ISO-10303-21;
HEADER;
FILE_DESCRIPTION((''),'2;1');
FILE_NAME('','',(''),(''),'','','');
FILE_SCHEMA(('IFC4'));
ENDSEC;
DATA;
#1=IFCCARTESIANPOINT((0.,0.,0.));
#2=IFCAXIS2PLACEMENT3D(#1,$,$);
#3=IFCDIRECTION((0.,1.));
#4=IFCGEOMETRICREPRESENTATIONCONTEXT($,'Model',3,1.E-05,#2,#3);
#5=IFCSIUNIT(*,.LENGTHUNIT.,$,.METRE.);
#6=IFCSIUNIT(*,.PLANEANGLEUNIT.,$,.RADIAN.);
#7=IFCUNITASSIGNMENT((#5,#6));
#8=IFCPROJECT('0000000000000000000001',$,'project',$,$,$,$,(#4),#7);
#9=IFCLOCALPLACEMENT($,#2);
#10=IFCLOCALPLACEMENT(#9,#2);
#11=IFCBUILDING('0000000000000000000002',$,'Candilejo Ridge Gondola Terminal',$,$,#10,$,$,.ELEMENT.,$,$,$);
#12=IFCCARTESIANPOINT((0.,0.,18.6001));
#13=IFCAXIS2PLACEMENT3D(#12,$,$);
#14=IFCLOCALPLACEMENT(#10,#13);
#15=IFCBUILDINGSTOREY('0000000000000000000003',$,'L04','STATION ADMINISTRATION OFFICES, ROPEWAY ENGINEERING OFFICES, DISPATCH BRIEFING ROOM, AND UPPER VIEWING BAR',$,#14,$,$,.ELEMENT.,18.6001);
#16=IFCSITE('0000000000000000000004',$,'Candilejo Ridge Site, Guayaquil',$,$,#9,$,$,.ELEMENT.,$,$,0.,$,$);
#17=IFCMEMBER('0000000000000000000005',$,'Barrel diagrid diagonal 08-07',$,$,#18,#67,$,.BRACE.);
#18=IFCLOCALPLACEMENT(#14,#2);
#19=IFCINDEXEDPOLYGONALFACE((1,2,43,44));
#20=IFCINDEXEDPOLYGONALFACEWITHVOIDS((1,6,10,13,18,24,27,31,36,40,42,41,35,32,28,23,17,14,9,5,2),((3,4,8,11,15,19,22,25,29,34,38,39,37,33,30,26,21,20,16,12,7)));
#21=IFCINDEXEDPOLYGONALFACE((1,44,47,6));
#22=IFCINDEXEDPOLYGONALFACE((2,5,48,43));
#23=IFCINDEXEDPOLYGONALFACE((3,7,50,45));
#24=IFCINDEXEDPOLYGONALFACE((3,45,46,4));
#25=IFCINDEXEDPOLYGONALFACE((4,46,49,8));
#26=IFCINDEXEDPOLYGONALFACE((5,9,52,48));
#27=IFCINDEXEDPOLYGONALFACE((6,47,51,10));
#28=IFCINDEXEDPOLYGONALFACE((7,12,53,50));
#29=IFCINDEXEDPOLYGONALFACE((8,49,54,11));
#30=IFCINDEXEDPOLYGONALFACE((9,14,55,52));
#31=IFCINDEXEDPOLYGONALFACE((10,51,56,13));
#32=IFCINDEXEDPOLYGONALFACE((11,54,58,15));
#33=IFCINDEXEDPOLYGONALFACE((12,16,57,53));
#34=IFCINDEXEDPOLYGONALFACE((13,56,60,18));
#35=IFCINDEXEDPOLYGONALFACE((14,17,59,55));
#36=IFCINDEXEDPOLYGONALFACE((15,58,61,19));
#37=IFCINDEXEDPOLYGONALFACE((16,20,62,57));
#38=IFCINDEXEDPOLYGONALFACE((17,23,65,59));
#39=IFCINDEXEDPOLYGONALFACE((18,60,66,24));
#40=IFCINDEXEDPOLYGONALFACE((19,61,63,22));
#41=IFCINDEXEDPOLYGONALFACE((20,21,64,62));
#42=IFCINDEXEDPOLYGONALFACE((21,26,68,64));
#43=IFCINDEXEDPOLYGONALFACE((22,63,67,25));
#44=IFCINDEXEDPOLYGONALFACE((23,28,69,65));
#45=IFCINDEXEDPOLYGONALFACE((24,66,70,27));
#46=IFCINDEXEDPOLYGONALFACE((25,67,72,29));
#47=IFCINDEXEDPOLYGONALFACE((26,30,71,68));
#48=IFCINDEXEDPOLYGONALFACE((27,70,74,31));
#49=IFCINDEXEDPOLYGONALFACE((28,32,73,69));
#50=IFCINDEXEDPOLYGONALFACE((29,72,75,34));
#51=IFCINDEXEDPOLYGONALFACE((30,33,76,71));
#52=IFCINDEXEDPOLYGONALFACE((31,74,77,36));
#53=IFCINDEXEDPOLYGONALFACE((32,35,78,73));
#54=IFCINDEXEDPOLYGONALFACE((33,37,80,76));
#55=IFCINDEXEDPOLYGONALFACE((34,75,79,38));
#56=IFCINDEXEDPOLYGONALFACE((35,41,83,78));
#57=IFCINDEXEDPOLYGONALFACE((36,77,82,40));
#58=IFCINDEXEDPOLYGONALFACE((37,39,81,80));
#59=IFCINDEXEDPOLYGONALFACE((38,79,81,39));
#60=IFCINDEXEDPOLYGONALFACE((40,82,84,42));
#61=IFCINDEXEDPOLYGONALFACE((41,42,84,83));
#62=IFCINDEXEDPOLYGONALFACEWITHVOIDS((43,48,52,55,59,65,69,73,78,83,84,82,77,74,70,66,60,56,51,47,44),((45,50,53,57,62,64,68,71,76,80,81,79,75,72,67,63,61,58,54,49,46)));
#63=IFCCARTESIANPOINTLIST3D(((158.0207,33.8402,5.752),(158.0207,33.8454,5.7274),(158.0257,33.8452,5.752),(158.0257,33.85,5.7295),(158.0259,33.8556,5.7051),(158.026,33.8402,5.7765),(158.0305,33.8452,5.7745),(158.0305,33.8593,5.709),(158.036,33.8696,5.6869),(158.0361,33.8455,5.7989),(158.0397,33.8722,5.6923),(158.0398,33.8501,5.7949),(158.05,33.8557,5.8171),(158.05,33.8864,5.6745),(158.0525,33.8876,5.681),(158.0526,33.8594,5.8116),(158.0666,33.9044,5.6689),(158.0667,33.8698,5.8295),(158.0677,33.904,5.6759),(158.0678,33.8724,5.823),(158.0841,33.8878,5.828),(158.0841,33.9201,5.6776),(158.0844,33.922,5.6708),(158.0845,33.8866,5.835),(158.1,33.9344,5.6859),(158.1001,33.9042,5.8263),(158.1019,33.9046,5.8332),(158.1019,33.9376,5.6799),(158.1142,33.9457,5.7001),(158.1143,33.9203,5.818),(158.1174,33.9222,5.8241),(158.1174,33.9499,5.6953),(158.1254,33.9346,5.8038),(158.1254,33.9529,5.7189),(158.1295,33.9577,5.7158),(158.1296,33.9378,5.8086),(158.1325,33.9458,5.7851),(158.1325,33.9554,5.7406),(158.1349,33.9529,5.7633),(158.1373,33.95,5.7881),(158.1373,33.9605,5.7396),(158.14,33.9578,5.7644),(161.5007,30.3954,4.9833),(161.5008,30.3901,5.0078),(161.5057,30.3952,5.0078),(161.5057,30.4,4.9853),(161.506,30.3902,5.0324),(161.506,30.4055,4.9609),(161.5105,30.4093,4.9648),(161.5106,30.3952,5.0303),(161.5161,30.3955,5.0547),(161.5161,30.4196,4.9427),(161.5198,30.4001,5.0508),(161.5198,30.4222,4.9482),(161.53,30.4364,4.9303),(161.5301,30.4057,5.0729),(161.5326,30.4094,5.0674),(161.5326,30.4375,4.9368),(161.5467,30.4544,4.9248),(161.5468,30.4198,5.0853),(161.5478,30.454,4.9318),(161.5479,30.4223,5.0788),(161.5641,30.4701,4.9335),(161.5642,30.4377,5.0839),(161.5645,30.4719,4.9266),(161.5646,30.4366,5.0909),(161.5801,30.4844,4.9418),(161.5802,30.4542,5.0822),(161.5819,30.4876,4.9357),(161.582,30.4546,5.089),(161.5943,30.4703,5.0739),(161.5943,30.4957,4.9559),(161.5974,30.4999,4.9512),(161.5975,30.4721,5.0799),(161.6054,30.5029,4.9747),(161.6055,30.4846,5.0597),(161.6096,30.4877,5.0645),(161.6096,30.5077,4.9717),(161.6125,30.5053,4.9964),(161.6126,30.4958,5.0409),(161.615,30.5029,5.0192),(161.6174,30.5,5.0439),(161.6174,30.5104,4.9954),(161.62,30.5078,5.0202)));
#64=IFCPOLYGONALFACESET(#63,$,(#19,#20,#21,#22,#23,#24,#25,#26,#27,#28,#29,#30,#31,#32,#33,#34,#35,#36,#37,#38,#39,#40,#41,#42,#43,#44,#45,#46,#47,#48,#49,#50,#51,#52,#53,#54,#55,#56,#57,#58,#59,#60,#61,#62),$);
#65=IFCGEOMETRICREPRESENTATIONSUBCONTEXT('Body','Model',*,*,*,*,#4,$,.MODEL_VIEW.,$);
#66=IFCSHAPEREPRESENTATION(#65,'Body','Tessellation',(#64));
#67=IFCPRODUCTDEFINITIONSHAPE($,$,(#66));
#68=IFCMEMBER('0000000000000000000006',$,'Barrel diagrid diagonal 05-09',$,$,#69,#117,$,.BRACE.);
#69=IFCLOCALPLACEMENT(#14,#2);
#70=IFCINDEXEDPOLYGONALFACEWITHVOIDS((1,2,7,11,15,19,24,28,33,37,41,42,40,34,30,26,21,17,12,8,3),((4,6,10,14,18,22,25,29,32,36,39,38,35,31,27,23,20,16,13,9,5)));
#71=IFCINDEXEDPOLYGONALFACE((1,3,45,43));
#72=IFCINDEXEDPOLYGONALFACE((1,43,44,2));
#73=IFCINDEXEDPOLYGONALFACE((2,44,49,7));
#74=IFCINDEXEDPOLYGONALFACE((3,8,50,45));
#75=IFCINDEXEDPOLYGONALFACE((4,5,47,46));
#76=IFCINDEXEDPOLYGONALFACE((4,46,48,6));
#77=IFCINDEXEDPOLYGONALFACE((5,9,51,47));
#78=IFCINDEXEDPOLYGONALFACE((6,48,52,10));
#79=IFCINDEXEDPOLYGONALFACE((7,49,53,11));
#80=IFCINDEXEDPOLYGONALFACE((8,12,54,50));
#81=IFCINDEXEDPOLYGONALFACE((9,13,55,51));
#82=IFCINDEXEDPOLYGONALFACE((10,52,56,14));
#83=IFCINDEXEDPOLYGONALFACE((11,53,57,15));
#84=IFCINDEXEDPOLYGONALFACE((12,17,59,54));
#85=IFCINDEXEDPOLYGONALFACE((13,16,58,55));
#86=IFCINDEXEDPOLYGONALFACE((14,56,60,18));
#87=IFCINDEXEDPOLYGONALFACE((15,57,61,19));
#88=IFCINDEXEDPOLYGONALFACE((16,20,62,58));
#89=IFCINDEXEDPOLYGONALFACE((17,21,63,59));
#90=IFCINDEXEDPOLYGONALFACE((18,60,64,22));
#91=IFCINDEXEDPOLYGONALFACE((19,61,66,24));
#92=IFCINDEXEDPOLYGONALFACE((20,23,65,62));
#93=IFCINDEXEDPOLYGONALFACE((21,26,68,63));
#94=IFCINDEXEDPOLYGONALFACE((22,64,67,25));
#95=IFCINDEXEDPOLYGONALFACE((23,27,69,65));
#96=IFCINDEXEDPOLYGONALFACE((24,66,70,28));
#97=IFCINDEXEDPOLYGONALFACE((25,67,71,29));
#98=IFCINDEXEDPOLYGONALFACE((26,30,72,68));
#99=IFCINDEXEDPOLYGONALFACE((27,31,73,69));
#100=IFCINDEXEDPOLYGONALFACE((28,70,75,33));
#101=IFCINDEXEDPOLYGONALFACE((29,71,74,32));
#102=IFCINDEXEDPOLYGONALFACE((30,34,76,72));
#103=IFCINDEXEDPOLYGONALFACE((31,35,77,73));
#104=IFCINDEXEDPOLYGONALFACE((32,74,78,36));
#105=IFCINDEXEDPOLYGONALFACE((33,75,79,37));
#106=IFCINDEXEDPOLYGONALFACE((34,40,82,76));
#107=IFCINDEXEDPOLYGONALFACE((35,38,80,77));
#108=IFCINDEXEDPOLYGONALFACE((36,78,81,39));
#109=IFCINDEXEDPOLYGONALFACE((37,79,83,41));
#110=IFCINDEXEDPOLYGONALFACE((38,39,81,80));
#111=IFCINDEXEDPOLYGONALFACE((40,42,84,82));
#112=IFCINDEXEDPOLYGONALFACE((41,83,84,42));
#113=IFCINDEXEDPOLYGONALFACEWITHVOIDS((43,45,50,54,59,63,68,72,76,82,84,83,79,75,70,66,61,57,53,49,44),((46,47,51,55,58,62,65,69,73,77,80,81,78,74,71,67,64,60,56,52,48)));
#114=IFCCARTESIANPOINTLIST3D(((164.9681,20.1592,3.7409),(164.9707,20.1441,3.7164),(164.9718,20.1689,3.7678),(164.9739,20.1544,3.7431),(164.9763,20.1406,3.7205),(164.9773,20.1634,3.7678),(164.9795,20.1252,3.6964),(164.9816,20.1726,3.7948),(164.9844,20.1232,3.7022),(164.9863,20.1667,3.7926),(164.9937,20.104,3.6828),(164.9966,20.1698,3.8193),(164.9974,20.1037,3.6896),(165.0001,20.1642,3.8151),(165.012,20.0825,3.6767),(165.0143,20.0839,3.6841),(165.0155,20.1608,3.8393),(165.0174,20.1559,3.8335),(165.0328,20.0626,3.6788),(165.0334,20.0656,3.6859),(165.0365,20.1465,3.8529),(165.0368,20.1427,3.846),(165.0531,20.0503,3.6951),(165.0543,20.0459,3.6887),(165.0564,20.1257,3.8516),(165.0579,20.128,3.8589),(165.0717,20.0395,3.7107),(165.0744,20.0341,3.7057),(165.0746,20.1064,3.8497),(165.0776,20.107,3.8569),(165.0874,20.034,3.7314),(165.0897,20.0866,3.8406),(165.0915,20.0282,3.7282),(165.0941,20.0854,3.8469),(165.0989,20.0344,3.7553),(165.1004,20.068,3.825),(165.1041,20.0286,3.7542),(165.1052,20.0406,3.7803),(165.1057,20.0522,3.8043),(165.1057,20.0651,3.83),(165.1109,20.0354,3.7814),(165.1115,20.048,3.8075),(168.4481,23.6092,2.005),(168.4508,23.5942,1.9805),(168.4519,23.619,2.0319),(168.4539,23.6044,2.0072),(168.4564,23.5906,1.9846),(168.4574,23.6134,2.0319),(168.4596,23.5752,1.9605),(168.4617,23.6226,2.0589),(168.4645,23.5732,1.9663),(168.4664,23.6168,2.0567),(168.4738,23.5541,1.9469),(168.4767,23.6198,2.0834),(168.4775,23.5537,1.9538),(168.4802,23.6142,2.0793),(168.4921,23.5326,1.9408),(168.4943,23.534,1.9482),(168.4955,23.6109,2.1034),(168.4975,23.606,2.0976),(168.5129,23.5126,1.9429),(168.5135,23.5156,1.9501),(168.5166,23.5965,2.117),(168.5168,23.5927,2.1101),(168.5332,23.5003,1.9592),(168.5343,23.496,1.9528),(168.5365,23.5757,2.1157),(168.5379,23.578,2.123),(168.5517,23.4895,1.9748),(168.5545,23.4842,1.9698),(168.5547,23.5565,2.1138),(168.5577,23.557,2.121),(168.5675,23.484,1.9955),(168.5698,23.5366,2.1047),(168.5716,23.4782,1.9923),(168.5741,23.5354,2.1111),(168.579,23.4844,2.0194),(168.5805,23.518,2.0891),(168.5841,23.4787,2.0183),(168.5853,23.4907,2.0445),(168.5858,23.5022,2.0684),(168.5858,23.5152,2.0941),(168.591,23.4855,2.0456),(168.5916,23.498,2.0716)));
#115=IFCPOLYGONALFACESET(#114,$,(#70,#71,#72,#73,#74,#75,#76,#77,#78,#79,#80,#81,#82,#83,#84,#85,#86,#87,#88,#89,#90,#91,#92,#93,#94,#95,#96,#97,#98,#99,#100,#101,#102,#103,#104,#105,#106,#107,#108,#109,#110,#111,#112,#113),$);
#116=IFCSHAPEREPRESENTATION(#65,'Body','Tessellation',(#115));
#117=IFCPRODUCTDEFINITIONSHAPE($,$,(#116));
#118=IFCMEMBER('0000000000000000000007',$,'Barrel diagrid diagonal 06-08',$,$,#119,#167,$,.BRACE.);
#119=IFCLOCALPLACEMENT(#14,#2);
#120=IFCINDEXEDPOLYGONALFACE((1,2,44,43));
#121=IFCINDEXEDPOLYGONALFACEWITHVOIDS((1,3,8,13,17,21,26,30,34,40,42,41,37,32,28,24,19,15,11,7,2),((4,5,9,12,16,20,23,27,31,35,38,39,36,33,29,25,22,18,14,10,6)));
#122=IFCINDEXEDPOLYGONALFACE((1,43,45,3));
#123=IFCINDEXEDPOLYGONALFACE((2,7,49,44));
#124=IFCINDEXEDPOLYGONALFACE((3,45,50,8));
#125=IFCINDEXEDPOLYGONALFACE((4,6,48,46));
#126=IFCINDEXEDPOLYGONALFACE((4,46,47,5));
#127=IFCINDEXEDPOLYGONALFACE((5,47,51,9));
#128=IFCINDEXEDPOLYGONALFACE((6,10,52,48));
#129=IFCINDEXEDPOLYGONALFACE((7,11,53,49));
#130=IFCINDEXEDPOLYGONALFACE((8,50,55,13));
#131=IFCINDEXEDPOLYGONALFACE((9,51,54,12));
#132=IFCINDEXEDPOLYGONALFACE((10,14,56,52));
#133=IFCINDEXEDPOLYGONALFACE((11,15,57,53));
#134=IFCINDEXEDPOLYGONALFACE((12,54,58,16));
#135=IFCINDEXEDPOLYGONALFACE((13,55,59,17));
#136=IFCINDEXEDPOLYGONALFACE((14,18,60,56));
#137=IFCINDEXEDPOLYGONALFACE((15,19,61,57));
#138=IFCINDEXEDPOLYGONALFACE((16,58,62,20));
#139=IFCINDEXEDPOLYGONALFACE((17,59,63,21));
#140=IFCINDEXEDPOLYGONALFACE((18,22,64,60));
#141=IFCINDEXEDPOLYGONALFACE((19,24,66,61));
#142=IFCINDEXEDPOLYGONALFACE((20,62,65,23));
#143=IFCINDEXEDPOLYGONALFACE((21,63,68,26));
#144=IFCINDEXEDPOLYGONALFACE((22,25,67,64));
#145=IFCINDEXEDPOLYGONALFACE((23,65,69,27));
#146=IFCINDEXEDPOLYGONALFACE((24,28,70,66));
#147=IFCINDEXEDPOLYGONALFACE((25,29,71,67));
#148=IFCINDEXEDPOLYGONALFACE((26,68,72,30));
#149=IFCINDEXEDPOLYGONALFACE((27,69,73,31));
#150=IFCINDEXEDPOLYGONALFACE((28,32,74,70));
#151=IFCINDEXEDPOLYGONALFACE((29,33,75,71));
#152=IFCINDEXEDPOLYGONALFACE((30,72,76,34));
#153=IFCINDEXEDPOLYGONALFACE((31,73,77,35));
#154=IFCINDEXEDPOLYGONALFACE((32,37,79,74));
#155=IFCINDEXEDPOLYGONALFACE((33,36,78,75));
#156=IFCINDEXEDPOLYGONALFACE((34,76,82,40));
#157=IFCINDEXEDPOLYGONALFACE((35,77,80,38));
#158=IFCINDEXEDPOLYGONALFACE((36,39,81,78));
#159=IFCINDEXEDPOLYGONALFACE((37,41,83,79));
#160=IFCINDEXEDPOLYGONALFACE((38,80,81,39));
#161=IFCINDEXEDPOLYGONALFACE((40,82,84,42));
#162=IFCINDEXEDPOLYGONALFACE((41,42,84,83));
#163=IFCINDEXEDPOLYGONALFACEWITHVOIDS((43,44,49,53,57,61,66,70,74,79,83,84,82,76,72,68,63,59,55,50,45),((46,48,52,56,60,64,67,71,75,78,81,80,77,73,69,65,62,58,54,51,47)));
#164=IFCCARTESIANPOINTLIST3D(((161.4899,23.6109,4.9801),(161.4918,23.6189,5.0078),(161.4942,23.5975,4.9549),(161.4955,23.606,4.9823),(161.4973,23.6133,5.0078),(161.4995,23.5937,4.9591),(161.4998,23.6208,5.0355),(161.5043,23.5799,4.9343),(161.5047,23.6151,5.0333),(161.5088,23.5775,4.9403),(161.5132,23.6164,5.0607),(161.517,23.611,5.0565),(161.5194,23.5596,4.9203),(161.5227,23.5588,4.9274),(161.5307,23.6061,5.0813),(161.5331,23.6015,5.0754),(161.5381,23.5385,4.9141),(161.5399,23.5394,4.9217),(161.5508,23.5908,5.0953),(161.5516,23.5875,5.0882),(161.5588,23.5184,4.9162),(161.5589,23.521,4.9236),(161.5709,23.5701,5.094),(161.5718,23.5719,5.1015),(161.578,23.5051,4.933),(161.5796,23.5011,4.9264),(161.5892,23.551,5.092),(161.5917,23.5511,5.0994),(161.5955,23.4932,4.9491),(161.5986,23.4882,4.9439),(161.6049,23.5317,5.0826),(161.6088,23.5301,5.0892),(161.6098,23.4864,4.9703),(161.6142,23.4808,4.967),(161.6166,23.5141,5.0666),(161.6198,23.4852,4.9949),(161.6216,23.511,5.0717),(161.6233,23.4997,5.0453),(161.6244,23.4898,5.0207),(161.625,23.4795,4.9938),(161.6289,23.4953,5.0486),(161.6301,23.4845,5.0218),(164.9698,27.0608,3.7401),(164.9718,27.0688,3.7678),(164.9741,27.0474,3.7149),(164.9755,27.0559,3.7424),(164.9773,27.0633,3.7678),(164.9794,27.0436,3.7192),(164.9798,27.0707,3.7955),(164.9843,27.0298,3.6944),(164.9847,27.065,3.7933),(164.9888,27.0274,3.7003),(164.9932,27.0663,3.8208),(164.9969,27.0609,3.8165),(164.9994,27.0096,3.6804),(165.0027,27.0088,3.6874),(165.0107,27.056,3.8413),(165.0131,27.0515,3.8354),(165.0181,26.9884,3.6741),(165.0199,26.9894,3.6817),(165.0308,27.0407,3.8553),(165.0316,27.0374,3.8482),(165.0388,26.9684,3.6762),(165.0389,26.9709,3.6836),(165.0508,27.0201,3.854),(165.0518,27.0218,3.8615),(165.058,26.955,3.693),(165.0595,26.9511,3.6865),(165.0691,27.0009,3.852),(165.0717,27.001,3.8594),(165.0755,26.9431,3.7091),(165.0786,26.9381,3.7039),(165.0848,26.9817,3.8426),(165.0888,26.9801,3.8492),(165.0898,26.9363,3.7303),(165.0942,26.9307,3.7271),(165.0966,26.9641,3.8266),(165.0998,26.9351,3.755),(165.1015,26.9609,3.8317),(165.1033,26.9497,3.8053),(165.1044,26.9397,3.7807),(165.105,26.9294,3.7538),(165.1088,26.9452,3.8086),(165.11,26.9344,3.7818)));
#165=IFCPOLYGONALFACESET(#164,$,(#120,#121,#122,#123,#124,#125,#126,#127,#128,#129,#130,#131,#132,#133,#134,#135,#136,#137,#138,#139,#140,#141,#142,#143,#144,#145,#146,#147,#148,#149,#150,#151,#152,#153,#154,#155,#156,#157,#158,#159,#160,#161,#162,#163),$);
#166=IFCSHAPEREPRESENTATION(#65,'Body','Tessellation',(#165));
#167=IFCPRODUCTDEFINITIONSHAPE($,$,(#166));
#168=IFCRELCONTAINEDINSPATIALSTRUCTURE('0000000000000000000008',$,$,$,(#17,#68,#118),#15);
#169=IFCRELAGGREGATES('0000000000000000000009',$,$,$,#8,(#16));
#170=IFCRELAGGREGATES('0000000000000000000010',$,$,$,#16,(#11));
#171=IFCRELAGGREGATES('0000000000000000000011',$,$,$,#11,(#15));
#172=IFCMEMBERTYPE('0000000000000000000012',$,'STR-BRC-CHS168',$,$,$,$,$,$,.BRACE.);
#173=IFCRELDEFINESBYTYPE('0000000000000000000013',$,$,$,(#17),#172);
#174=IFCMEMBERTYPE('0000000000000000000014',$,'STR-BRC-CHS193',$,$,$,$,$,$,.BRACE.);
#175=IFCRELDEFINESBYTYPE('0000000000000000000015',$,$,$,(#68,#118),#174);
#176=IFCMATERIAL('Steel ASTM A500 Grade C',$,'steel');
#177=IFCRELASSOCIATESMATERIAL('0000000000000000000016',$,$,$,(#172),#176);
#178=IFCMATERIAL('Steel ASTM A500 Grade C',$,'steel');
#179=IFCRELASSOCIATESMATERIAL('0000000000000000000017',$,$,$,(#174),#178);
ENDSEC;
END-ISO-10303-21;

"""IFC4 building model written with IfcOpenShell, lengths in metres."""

from ifc_helpers import new_model, si_unit, direction, frame, origin, origin_2d, place, context, subcontext, project, spatial, hollow_circle, extrude, material, material_profile, profile_set, type_object, element, save


model = new_model("IFC4")

# Units and contexts
model_context = context("Model", 3, precision=1e-05, world=origin(), true_north=direction((0.0, 1.0)))
body_context = subcontext(model_context, "Body", "Model", "MODEL_VIEW")
ifc_project = project(units=[si_unit("LENGTHUNIT", "METRE"), si_unit("PLANEANGLEUNIT", "RADIAN")], contexts=[model_context])

# Site, building, storey
site_placement = place(None, origin())
site = spatial("IfcSite", under=ifc_project, at=site_placement, Name="Candilejo Ridge Site, Guayaquil", CompositionType="ELEMENT", RefElevation=0.0)
building_placement = place(site_placement, origin())
building = spatial("IfcBuilding", under=site, at=building_placement, Name="Candilejo Ridge Gondola Terminal", CompositionType="ELEMENT")
storey_placement = place(building_placement, frame((0.0, 0.0, 18.6001)))
storey = spatial("IfcBuildingStorey", under=building, at=storey_placement, Name="L04", Description="STATION ADMINISTRATION OFFICES, ROPEWAY ENGINEERING OFFICES, DISPATCH BRIEFING ROOM, AND UPPER VIEWING BAR", CompositionType="ELEMENT", Elevation=18.6001)

# Members
ifc_material_1 = material(Name="Steel ASTM A500 Grade C", Category="steel")
ifc_material_profile_1 = material_profile(ifc_material_1, hollow_circle(Radius=0.0842, WallThickness=0.0071, at=origin_2d()))
ifc_profile_set_1 = profile_set([ifc_material_profile_1], Name="Steel ASTM A500 Grade C")
member_type_1 = type_object("IfcMemberType", Name="STR-BRC-CHS168", PredefinedType="BRACE", material=ifc_profile_set_1)
member_1_placement = place(storey_placement, frame((161.5601, 30.45, 5.0078), z_axis=(-0.702115, 0.696056, 0.150136), x_axis=(-0.704036, -0.710164, 0.0)))
element("IfcMember", 1, at=member_1_placement, inside=storey, type_object=member_type_1, Name="Barrel diagrid diagonal 08-07", PredefinedType="BRACE", context=body_context, shape_type="SweptSolid", body=[
    extrude(hollow_circle(Radius=0.0842, WallThickness=0.0071, at=origin_2d()), origin(), (0.0, 0.0, 1.0), 4.9565),
])
ifc_material_2 = material(Name="Steel ASTM A500 Grade C", Category="steel")
ifc_material_profile_2 = material_profile(ifc_material_2, hollow_circle(Radius=0.0969, WallThickness=0.0078, at=origin_2d()))
ifc_profile_set_2 = profile_set([ifc_material_profile_2], Name="Steel ASTM A500 Grade C")
member_type_2 = type_object("IfcMemberType", Name="STR-BRC-CHS193", PredefinedType="BRACE", material=ifc_profile_set_2)
member_2_placement = place(storey_placement, frame((165.04, 20.1001, 3.7678), z_axis=(0.669406, 0.663629, -0.333904), x_axis=(-0.704036, 0.710164, 0.0)))
element("IfcMember", 2, at=member_2_placement, inside=storey, type_object=member_type_2, Name="Barrel diagrid diagonal 05-09", PredefinedType="BRACE", context=body_context, shape_type="SweptSolid", body=[
    extrude(hollow_circle(Radius=0.0969, WallThickness=0.0078, at=origin_2d()), origin(), (0.0, 0.0, 1.0), 5.1987),
])
member_3_placement = place(storey_placement, frame((161.5601, 23.55, 5.0078), z_axis=(0.688464, 0.682523, -0.245314), x_axis=(-0.704036, 0.710164, 0.0)))
element("IfcMember", 3, at=member_3_placement, inside=storey, type_object=member_type_2, Name="Barrel diagrid diagonal 06-08", PredefinedType="BRACE", context=body_context, shape_type="SweptSolid", body=[
    extrude(hollow_circle(Radius=0.0969, WallThickness=0.0078, at=origin_2d()), origin(), (0.0, 0.0, 1.0), 5.0547),
])

save(model, "model.ifc")
